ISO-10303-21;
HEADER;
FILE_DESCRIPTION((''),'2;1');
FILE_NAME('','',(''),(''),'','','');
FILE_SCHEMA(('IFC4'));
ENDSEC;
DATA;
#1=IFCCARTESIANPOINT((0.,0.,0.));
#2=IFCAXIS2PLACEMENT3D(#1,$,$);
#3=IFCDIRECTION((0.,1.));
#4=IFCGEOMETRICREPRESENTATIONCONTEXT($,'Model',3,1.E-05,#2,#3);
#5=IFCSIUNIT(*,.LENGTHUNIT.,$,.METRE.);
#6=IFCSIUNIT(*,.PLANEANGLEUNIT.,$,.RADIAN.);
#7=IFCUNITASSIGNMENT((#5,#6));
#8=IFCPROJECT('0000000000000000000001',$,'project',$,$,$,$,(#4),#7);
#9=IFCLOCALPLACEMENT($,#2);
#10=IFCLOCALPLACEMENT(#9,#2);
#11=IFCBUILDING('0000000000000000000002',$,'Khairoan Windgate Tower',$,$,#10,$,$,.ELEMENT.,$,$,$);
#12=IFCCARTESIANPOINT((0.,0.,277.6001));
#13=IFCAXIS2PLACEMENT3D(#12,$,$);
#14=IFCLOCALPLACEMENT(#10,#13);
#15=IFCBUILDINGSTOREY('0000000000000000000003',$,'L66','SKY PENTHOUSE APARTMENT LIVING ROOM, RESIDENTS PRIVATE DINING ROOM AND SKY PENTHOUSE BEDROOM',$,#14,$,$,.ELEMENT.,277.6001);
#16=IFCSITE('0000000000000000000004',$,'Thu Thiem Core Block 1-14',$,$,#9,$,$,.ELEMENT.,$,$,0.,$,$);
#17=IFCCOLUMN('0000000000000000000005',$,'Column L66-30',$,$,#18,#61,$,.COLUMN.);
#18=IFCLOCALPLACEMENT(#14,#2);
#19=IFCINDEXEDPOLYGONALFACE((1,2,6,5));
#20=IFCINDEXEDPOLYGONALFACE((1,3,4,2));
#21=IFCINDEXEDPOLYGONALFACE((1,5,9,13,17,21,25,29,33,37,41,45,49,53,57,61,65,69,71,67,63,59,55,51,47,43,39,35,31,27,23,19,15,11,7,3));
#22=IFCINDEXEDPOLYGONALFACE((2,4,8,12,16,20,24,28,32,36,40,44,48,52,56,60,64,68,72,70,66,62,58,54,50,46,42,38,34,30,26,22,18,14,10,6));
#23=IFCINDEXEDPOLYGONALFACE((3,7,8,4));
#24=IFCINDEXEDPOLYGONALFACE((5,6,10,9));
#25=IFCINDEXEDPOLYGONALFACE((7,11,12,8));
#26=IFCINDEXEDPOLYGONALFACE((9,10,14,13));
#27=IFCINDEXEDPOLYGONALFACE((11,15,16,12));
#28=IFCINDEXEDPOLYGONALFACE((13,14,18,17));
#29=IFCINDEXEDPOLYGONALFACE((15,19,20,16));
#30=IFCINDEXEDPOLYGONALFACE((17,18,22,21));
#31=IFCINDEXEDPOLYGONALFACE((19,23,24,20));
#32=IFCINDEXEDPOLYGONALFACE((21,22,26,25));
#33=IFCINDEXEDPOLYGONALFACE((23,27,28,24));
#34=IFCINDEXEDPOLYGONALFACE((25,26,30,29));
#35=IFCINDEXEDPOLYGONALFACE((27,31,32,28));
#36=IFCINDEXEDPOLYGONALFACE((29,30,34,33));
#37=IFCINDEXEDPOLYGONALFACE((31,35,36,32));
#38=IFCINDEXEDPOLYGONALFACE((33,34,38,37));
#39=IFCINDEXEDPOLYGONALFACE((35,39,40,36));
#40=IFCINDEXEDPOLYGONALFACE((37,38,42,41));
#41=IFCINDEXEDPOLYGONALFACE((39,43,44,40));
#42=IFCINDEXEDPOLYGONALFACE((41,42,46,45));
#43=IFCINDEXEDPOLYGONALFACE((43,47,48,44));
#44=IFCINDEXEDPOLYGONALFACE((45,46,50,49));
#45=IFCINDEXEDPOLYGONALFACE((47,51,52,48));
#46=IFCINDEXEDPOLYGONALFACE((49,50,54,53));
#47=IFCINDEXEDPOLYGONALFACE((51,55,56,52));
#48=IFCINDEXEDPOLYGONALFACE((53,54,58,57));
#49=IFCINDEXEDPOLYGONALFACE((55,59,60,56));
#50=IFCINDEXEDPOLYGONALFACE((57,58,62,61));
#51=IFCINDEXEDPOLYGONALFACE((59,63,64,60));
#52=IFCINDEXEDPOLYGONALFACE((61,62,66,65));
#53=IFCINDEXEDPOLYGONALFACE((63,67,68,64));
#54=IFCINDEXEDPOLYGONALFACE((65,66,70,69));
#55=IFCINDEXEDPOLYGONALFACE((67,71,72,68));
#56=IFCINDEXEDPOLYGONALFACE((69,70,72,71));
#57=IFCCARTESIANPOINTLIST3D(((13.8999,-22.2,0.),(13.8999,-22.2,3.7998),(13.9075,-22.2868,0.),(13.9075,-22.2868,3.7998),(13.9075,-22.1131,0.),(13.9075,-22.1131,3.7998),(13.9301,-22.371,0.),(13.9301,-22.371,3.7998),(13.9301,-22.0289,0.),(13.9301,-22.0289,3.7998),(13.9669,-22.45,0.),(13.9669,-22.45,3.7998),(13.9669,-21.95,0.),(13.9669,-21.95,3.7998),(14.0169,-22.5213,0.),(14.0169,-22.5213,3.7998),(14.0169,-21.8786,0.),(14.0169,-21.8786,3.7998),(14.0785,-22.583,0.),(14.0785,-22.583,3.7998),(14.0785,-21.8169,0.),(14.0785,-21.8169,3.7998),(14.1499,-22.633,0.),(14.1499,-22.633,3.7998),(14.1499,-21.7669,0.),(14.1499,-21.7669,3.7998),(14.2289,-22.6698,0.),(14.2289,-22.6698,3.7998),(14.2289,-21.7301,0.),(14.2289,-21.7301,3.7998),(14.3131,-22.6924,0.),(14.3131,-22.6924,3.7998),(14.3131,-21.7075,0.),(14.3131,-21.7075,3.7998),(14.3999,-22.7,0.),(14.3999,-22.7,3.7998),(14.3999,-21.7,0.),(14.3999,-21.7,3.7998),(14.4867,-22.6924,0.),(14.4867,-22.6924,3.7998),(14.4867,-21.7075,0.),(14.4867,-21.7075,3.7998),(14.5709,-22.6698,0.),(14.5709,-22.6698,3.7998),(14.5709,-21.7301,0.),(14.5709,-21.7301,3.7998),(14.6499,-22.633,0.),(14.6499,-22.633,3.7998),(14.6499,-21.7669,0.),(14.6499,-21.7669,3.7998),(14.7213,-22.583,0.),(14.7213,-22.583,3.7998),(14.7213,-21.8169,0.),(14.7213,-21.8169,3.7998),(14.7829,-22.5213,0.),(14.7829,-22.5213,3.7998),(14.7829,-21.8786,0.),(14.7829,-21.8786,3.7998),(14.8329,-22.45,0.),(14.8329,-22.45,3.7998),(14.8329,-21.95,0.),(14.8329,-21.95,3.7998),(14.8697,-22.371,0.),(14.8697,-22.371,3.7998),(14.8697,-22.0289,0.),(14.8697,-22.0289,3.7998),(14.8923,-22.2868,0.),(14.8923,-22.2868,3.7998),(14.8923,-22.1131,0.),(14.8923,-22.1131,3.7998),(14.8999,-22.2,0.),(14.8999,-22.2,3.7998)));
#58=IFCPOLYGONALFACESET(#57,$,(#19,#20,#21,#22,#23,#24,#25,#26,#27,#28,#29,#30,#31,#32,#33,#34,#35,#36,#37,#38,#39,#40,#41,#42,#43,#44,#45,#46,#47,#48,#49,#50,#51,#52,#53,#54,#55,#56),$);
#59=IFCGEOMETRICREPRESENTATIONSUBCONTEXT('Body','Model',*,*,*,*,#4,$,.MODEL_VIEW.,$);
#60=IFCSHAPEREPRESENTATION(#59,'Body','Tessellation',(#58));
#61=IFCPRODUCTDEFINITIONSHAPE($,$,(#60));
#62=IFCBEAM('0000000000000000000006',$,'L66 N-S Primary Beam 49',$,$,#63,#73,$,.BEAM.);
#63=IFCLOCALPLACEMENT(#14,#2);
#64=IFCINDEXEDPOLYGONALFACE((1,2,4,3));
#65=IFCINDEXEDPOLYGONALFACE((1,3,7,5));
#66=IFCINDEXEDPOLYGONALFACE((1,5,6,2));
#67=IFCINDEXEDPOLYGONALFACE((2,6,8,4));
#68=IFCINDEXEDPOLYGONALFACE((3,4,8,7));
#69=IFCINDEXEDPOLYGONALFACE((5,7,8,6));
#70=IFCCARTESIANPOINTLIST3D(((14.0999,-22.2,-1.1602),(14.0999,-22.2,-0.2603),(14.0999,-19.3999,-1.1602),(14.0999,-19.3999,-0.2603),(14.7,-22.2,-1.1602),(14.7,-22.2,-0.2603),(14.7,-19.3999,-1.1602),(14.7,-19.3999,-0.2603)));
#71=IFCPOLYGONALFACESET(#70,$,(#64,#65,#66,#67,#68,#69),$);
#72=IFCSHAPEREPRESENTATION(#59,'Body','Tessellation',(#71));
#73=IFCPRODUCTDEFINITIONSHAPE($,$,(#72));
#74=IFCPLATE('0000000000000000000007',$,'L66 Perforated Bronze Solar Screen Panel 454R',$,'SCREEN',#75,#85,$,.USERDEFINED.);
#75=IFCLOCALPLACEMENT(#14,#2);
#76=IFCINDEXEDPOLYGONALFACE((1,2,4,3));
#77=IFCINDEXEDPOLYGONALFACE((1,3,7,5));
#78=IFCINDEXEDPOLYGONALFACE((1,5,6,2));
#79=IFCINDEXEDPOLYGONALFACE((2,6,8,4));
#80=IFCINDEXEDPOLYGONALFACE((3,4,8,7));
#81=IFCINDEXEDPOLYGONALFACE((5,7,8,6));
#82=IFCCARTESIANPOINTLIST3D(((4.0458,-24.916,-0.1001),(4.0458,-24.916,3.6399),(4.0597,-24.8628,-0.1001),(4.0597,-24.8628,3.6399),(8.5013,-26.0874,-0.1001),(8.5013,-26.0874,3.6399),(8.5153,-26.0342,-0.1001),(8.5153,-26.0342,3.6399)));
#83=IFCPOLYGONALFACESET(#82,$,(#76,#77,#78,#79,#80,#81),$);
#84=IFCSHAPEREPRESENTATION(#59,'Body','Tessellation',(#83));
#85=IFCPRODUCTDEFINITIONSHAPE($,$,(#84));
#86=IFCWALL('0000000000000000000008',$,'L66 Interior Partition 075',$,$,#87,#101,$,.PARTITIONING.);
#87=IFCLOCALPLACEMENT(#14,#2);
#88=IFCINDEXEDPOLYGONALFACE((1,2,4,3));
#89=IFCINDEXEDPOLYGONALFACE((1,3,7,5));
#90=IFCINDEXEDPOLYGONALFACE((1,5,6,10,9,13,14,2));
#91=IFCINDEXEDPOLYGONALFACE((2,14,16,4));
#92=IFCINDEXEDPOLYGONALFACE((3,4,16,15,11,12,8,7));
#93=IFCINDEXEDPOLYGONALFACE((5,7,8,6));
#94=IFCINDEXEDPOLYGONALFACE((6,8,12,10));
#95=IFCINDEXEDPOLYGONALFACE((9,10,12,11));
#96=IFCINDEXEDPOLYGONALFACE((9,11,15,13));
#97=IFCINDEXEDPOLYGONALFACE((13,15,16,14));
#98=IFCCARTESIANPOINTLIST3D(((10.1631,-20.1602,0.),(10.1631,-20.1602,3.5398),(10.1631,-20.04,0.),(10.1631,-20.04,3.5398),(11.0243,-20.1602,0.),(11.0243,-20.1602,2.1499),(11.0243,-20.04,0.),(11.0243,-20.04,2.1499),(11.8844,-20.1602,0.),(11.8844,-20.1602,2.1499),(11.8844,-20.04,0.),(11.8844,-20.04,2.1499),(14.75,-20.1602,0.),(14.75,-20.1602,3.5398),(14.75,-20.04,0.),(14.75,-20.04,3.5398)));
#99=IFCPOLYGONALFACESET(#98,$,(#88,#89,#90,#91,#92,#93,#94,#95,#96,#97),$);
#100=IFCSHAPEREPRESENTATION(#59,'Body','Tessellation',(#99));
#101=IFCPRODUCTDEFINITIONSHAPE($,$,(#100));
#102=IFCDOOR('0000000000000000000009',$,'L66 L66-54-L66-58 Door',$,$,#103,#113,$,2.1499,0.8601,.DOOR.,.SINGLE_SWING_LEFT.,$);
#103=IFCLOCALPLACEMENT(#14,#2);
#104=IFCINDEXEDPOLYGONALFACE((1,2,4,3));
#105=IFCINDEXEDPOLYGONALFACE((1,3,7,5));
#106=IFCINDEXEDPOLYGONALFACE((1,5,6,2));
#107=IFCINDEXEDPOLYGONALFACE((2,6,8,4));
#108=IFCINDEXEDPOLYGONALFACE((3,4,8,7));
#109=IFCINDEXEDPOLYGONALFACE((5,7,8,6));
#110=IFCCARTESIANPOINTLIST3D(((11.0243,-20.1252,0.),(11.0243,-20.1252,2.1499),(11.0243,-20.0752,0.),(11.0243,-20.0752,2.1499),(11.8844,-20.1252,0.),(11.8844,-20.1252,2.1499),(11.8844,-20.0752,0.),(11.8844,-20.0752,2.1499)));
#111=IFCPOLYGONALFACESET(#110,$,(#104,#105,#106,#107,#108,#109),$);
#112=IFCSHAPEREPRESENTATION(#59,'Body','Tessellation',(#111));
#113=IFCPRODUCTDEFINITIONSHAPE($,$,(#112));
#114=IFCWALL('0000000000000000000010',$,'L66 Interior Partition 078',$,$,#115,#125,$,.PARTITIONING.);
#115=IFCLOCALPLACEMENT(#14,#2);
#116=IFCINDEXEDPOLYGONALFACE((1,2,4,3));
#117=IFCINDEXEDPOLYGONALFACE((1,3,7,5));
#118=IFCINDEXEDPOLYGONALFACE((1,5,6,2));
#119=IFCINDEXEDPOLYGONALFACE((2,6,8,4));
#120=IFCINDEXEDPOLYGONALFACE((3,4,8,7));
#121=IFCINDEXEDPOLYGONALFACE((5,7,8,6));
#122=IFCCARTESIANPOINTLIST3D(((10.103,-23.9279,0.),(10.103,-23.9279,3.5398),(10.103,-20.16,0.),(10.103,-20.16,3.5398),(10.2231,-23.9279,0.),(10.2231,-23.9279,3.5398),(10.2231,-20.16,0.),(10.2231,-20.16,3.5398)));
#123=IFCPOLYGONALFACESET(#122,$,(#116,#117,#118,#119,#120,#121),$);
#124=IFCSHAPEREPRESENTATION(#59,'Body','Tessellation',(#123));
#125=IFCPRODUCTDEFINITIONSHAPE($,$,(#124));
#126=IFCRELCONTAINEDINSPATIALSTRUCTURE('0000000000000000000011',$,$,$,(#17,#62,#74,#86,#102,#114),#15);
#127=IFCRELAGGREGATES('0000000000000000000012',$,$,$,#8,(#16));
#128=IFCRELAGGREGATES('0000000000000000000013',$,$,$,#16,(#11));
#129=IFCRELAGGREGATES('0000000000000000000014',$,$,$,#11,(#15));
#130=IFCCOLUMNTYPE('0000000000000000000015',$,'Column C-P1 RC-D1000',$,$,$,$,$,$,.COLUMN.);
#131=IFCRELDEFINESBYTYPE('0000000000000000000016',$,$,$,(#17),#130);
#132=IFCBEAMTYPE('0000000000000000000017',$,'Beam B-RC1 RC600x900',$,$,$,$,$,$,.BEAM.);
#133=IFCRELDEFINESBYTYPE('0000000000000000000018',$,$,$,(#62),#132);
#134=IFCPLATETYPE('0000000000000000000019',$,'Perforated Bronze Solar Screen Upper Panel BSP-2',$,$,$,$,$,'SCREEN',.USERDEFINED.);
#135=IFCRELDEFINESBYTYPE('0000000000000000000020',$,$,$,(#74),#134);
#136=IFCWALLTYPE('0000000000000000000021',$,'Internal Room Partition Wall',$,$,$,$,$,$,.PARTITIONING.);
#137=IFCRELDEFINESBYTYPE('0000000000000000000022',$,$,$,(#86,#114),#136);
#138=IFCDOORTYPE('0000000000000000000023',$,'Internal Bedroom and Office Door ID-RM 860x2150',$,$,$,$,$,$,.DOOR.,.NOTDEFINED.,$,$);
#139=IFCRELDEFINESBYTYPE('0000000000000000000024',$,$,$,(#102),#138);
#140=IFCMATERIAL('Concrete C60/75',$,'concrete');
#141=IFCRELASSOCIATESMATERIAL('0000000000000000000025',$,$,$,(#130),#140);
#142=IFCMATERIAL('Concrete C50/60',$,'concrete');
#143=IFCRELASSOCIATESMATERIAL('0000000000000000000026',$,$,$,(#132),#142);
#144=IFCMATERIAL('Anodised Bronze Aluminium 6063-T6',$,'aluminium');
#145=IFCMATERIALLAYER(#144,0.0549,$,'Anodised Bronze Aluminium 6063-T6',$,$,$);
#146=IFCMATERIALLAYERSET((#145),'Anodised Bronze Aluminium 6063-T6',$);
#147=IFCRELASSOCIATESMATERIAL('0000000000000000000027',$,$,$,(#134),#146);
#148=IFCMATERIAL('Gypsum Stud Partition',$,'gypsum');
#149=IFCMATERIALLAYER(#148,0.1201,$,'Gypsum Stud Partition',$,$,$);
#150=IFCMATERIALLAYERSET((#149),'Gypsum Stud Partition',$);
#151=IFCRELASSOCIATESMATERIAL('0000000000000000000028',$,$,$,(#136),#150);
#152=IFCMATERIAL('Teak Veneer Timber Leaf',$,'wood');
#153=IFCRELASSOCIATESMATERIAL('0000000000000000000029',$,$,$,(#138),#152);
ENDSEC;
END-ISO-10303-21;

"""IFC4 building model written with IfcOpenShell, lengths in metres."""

from ifc_helpers import new_model, si_unit, direction, frame, frame_2d, origin, origin_2d, place, context, subcontext, project, spatial, rectangle, circle, extrude, material, layer, layer_set, material_profile, profile_set, type_object, element, fill, save


model = new_model("IFC4")

# Units and contexts
model_context = context("Model", 3, precision=1e-05, world=origin(), true_north=direction((0.0, 1.0)))
body_context = subcontext(model_context, "Body", "Model", "MODEL_VIEW")
ifc_project = project(units=[si_unit("LENGTHUNIT", "METRE"), si_unit("PLANEANGLEUNIT", "RADIAN")], contexts=[model_context])

# Site, building, storey
site_placement = place(None, origin())
site = spatial("IfcSite", under=ifc_project, at=site_placement, Name="Thu Thiem Core Block 1-14", CompositionType="ELEMENT", RefElevation=0.0)
building_placement = place(site_placement, origin())
building = spatial("IfcBuilding", under=site, at=building_placement, Name="Khairoan Windgate Tower", CompositionType="ELEMENT")
storey_placement = place(building_placement, frame((0.0, 0.0, 277.6001)))
storey = spatial("IfcBuildingStorey", under=building, at=storey_placement, Name="L66", Description="SKY PENTHOUSE APARTMENT LIVING ROOM, RESIDENTS PRIVATE DINING ROOM AND SKY PENTHOUSE BEDROOM", CompositionType="ELEMENT", Elevation=277.6001)

# Column
ifc_material_1 = material(Name="Concrete C60/75", Category="concrete")
ifc_material_profile_1 = material_profile(ifc_material_1, circle(Radius=0.5, at=origin_2d()))
ifc_profile_set_1 = profile_set([ifc_material_profile_1], Name="Concrete C60/75")
column_type = type_object("IfcColumnType", Name="Column C-P1 RC-D1000", PredefinedType="COLUMN", material=ifc_profile_set_1)
column_placement = place(storey_placement, frame((14.3999, -22.2, 0.0), z_axis=(0.0, 0.0, 1.0), x_axis=(1.0, 0.0, 0.0)))
element("IfcColumn", 1, at=column_placement, inside=storey, type_object=column_type, Name="Column L66-30", PredefinedType="COLUMN", context=body_context, shape_type="SweptSolid", body=[
    extrude(circle(Radius=0.5, at=origin_2d()), origin(), (0.0, 0.0, 1.0), 3.7998),
])

# Beam
ifc_material_2 = material(Name="Concrete C50/60", Category="concrete")
ifc_material_profile_2 = material_profile(ifc_material_2, rectangle(XDim=0.6001, YDim=0.8999, at=origin_2d()))
ifc_profile_set_2 = profile_set([ifc_material_profile_2], Name="Concrete C50/60")
beam_type = type_object("IfcBeamType", Name="Beam B-RC1 RC600x900", PredefinedType="BEAM", material=ifc_profile_set_2)
beam_placement = place(storey_placement, frame((14.3999, -22.2, -0.7102), z_axis=(0.0, 1.0, 0.0), x_axis=(-1.0, 0.0, 0.0)))
element("IfcBeam", 2, at=beam_placement, inside=storey, type_object=beam_type, Name="L66 N-S Primary Beam 49", PredefinedType="BEAM", context=body_context, shape_type="SweptSolid", body=[
    extrude(rectangle(XDim=0.6001, YDim=0.8999, at=origin_2d()), origin(), (0.0, 0.0, 1.0), 2.8),
])

# Plate
ifc_material_3 = material(Name="Anodised Bronze Aluminium 6063-T6", Category="aluminium")
ifc_layer_1 = layer(ifc_material_3, 0.0549, Name="Anodised Bronze Aluminium 6063-T6")
ifc_layer_set_1 = layer_set([ifc_layer_1], Name="Anodised Bronze Aluminium 6063-T6")
plate_type = type_object("IfcPlateType", Name="Perforated Bronze Solar Screen Upper Panel BSP-2", ElementType="SCREEN", PredefinedType="USERDEFINED", material=ifc_layer_set_1)
plate_placement = place(storey_placement, frame((6.2805, -25.4751, -0.1001), z_axis=(0.0, 0.0, 1.0), x_axis=(-0.967135, 0.254264, 0.0)))
element("IfcPlate", 3, at=plate_placement, inside=storey, type_object=plate_type, Name="L66 Perforated Bronze Solar Screen Panel 454R", ObjectType="SCREEN", PredefinedType="USERDEFINED", context=body_context, shape_type="SweptSolid", body=[
    extrude(rectangle(XDim=4.6069, YDim=0.0549, at=origin_2d()), origin(), (0.0, 0.0, 1.0), 3.74),
])

# Wall, opening, door
ifc_material_4 = material(Name="Gypsum Stud Partition", Category="gypsum")
ifc_layer_2 = layer(ifc_material_4, 0.1201, Name="Gypsum Stud Partition")
ifc_layer_set_2 = layer_set([ifc_layer_2], Name="Gypsum Stud Partition")
wall_type_1 = type_object("IfcWallType", Name="Internal Room Partition Wall", PredefinedType="PARTITIONING", material=ifc_layer_set_2)
wall_1_placement = place(storey_placement, frame((10.1631, -20.1001, 0.0), z_axis=(0.0, 0.0, 1.0), x_axis=(1.0, 0.0, 0.0)))
wall_1 = element("IfcWall", 4, at=wall_1_placement, inside=storey, type_object=wall_type_1, Name="L66 Interior Partition 075", PredefinedType="PARTITIONING", context=body_context, shape_type="SweptSolid", body=[
    extrude(rectangle(XDim=4.5869, YDim=0.1201, at=frame_2d((2.2935, 0.0))), origin(), (0.0, 0.0, 1.0), 3.5398),
])
opening_1_placement = place(wall_1_placement, frame((0.8611, 0.0, 0.0)))
opening_1 = element("IfcOpeningElement", 5, at=opening_1_placement, cuts=wall_1, PredefinedType="OPENING", context=body_context, shape_type="SweptSolid", body=[
    extrude(rectangle(XDim=0.8601, YDim=2.1499, at=frame_2d((0.4302, 1.075))), frame((0.0, 0.0701, 0.0), z_axis=(0.0, -1.0, 0.0), x_axis=(1.0, 0.0, 0.0)), (0.0, 0.0, 1.0), 0.1401),
])
ifc_material_5 = material(Name="Teak Veneer Timber Leaf", Category="wood")
door_type_1 = type_object("IfcDoorType", Name="Internal Bedroom and Office Door ID-RM 860x2150", OperationType="NOTDEFINED", PredefinedType="DOOR", material=ifc_material_5)
door_1_placement = place(opening_1_placement, origin())
door_1 = element("IfcDoor", 6, at=door_1_placement, inside=storey, type_object=door_type_1, Name="L66 L66-54-L66-58 Door", OperationType="SINGLE_SWING_LEFT", OverallHeight=2.1499, OverallWidth=0.8601, PredefinedType="DOOR", context=body_context, shape_type="SweptSolid", body=[
    extrude(rectangle(XDim=0.8601, YDim=2.1499, at=frame_2d((0.4302, 1.075))), frame((0.0, 0.0249, 0.0), z_axis=(0.0, -1.0, 0.0), x_axis=(1.0, 0.0, 0.0)), (0.0, 0.0, 1.0), 0.05),
])
fill(opening_1, door_1)

# Wall
wall_2_placement = place(storey_placement, frame((10.1631, -23.9277, 0.0), z_axis=(0.0, 0.0, 1.0), x_axis=(0.0, 1.0, 0.0)))
element("IfcWall", 7, at=wall_2_placement, inside=storey, type_object=wall_type_1, Name="L66 Interior Partition 078", PredefinedType="PARTITIONING", context=body_context, shape_type="SweptSolid", body=[
    extrude(rectangle(XDim=3.7678, YDim=0.1201, at=frame_2d((1.8838, 0.0))), origin(), (0.0, 0.0, 1.0), 3.5398),
])

save(model, "model.ifc")
